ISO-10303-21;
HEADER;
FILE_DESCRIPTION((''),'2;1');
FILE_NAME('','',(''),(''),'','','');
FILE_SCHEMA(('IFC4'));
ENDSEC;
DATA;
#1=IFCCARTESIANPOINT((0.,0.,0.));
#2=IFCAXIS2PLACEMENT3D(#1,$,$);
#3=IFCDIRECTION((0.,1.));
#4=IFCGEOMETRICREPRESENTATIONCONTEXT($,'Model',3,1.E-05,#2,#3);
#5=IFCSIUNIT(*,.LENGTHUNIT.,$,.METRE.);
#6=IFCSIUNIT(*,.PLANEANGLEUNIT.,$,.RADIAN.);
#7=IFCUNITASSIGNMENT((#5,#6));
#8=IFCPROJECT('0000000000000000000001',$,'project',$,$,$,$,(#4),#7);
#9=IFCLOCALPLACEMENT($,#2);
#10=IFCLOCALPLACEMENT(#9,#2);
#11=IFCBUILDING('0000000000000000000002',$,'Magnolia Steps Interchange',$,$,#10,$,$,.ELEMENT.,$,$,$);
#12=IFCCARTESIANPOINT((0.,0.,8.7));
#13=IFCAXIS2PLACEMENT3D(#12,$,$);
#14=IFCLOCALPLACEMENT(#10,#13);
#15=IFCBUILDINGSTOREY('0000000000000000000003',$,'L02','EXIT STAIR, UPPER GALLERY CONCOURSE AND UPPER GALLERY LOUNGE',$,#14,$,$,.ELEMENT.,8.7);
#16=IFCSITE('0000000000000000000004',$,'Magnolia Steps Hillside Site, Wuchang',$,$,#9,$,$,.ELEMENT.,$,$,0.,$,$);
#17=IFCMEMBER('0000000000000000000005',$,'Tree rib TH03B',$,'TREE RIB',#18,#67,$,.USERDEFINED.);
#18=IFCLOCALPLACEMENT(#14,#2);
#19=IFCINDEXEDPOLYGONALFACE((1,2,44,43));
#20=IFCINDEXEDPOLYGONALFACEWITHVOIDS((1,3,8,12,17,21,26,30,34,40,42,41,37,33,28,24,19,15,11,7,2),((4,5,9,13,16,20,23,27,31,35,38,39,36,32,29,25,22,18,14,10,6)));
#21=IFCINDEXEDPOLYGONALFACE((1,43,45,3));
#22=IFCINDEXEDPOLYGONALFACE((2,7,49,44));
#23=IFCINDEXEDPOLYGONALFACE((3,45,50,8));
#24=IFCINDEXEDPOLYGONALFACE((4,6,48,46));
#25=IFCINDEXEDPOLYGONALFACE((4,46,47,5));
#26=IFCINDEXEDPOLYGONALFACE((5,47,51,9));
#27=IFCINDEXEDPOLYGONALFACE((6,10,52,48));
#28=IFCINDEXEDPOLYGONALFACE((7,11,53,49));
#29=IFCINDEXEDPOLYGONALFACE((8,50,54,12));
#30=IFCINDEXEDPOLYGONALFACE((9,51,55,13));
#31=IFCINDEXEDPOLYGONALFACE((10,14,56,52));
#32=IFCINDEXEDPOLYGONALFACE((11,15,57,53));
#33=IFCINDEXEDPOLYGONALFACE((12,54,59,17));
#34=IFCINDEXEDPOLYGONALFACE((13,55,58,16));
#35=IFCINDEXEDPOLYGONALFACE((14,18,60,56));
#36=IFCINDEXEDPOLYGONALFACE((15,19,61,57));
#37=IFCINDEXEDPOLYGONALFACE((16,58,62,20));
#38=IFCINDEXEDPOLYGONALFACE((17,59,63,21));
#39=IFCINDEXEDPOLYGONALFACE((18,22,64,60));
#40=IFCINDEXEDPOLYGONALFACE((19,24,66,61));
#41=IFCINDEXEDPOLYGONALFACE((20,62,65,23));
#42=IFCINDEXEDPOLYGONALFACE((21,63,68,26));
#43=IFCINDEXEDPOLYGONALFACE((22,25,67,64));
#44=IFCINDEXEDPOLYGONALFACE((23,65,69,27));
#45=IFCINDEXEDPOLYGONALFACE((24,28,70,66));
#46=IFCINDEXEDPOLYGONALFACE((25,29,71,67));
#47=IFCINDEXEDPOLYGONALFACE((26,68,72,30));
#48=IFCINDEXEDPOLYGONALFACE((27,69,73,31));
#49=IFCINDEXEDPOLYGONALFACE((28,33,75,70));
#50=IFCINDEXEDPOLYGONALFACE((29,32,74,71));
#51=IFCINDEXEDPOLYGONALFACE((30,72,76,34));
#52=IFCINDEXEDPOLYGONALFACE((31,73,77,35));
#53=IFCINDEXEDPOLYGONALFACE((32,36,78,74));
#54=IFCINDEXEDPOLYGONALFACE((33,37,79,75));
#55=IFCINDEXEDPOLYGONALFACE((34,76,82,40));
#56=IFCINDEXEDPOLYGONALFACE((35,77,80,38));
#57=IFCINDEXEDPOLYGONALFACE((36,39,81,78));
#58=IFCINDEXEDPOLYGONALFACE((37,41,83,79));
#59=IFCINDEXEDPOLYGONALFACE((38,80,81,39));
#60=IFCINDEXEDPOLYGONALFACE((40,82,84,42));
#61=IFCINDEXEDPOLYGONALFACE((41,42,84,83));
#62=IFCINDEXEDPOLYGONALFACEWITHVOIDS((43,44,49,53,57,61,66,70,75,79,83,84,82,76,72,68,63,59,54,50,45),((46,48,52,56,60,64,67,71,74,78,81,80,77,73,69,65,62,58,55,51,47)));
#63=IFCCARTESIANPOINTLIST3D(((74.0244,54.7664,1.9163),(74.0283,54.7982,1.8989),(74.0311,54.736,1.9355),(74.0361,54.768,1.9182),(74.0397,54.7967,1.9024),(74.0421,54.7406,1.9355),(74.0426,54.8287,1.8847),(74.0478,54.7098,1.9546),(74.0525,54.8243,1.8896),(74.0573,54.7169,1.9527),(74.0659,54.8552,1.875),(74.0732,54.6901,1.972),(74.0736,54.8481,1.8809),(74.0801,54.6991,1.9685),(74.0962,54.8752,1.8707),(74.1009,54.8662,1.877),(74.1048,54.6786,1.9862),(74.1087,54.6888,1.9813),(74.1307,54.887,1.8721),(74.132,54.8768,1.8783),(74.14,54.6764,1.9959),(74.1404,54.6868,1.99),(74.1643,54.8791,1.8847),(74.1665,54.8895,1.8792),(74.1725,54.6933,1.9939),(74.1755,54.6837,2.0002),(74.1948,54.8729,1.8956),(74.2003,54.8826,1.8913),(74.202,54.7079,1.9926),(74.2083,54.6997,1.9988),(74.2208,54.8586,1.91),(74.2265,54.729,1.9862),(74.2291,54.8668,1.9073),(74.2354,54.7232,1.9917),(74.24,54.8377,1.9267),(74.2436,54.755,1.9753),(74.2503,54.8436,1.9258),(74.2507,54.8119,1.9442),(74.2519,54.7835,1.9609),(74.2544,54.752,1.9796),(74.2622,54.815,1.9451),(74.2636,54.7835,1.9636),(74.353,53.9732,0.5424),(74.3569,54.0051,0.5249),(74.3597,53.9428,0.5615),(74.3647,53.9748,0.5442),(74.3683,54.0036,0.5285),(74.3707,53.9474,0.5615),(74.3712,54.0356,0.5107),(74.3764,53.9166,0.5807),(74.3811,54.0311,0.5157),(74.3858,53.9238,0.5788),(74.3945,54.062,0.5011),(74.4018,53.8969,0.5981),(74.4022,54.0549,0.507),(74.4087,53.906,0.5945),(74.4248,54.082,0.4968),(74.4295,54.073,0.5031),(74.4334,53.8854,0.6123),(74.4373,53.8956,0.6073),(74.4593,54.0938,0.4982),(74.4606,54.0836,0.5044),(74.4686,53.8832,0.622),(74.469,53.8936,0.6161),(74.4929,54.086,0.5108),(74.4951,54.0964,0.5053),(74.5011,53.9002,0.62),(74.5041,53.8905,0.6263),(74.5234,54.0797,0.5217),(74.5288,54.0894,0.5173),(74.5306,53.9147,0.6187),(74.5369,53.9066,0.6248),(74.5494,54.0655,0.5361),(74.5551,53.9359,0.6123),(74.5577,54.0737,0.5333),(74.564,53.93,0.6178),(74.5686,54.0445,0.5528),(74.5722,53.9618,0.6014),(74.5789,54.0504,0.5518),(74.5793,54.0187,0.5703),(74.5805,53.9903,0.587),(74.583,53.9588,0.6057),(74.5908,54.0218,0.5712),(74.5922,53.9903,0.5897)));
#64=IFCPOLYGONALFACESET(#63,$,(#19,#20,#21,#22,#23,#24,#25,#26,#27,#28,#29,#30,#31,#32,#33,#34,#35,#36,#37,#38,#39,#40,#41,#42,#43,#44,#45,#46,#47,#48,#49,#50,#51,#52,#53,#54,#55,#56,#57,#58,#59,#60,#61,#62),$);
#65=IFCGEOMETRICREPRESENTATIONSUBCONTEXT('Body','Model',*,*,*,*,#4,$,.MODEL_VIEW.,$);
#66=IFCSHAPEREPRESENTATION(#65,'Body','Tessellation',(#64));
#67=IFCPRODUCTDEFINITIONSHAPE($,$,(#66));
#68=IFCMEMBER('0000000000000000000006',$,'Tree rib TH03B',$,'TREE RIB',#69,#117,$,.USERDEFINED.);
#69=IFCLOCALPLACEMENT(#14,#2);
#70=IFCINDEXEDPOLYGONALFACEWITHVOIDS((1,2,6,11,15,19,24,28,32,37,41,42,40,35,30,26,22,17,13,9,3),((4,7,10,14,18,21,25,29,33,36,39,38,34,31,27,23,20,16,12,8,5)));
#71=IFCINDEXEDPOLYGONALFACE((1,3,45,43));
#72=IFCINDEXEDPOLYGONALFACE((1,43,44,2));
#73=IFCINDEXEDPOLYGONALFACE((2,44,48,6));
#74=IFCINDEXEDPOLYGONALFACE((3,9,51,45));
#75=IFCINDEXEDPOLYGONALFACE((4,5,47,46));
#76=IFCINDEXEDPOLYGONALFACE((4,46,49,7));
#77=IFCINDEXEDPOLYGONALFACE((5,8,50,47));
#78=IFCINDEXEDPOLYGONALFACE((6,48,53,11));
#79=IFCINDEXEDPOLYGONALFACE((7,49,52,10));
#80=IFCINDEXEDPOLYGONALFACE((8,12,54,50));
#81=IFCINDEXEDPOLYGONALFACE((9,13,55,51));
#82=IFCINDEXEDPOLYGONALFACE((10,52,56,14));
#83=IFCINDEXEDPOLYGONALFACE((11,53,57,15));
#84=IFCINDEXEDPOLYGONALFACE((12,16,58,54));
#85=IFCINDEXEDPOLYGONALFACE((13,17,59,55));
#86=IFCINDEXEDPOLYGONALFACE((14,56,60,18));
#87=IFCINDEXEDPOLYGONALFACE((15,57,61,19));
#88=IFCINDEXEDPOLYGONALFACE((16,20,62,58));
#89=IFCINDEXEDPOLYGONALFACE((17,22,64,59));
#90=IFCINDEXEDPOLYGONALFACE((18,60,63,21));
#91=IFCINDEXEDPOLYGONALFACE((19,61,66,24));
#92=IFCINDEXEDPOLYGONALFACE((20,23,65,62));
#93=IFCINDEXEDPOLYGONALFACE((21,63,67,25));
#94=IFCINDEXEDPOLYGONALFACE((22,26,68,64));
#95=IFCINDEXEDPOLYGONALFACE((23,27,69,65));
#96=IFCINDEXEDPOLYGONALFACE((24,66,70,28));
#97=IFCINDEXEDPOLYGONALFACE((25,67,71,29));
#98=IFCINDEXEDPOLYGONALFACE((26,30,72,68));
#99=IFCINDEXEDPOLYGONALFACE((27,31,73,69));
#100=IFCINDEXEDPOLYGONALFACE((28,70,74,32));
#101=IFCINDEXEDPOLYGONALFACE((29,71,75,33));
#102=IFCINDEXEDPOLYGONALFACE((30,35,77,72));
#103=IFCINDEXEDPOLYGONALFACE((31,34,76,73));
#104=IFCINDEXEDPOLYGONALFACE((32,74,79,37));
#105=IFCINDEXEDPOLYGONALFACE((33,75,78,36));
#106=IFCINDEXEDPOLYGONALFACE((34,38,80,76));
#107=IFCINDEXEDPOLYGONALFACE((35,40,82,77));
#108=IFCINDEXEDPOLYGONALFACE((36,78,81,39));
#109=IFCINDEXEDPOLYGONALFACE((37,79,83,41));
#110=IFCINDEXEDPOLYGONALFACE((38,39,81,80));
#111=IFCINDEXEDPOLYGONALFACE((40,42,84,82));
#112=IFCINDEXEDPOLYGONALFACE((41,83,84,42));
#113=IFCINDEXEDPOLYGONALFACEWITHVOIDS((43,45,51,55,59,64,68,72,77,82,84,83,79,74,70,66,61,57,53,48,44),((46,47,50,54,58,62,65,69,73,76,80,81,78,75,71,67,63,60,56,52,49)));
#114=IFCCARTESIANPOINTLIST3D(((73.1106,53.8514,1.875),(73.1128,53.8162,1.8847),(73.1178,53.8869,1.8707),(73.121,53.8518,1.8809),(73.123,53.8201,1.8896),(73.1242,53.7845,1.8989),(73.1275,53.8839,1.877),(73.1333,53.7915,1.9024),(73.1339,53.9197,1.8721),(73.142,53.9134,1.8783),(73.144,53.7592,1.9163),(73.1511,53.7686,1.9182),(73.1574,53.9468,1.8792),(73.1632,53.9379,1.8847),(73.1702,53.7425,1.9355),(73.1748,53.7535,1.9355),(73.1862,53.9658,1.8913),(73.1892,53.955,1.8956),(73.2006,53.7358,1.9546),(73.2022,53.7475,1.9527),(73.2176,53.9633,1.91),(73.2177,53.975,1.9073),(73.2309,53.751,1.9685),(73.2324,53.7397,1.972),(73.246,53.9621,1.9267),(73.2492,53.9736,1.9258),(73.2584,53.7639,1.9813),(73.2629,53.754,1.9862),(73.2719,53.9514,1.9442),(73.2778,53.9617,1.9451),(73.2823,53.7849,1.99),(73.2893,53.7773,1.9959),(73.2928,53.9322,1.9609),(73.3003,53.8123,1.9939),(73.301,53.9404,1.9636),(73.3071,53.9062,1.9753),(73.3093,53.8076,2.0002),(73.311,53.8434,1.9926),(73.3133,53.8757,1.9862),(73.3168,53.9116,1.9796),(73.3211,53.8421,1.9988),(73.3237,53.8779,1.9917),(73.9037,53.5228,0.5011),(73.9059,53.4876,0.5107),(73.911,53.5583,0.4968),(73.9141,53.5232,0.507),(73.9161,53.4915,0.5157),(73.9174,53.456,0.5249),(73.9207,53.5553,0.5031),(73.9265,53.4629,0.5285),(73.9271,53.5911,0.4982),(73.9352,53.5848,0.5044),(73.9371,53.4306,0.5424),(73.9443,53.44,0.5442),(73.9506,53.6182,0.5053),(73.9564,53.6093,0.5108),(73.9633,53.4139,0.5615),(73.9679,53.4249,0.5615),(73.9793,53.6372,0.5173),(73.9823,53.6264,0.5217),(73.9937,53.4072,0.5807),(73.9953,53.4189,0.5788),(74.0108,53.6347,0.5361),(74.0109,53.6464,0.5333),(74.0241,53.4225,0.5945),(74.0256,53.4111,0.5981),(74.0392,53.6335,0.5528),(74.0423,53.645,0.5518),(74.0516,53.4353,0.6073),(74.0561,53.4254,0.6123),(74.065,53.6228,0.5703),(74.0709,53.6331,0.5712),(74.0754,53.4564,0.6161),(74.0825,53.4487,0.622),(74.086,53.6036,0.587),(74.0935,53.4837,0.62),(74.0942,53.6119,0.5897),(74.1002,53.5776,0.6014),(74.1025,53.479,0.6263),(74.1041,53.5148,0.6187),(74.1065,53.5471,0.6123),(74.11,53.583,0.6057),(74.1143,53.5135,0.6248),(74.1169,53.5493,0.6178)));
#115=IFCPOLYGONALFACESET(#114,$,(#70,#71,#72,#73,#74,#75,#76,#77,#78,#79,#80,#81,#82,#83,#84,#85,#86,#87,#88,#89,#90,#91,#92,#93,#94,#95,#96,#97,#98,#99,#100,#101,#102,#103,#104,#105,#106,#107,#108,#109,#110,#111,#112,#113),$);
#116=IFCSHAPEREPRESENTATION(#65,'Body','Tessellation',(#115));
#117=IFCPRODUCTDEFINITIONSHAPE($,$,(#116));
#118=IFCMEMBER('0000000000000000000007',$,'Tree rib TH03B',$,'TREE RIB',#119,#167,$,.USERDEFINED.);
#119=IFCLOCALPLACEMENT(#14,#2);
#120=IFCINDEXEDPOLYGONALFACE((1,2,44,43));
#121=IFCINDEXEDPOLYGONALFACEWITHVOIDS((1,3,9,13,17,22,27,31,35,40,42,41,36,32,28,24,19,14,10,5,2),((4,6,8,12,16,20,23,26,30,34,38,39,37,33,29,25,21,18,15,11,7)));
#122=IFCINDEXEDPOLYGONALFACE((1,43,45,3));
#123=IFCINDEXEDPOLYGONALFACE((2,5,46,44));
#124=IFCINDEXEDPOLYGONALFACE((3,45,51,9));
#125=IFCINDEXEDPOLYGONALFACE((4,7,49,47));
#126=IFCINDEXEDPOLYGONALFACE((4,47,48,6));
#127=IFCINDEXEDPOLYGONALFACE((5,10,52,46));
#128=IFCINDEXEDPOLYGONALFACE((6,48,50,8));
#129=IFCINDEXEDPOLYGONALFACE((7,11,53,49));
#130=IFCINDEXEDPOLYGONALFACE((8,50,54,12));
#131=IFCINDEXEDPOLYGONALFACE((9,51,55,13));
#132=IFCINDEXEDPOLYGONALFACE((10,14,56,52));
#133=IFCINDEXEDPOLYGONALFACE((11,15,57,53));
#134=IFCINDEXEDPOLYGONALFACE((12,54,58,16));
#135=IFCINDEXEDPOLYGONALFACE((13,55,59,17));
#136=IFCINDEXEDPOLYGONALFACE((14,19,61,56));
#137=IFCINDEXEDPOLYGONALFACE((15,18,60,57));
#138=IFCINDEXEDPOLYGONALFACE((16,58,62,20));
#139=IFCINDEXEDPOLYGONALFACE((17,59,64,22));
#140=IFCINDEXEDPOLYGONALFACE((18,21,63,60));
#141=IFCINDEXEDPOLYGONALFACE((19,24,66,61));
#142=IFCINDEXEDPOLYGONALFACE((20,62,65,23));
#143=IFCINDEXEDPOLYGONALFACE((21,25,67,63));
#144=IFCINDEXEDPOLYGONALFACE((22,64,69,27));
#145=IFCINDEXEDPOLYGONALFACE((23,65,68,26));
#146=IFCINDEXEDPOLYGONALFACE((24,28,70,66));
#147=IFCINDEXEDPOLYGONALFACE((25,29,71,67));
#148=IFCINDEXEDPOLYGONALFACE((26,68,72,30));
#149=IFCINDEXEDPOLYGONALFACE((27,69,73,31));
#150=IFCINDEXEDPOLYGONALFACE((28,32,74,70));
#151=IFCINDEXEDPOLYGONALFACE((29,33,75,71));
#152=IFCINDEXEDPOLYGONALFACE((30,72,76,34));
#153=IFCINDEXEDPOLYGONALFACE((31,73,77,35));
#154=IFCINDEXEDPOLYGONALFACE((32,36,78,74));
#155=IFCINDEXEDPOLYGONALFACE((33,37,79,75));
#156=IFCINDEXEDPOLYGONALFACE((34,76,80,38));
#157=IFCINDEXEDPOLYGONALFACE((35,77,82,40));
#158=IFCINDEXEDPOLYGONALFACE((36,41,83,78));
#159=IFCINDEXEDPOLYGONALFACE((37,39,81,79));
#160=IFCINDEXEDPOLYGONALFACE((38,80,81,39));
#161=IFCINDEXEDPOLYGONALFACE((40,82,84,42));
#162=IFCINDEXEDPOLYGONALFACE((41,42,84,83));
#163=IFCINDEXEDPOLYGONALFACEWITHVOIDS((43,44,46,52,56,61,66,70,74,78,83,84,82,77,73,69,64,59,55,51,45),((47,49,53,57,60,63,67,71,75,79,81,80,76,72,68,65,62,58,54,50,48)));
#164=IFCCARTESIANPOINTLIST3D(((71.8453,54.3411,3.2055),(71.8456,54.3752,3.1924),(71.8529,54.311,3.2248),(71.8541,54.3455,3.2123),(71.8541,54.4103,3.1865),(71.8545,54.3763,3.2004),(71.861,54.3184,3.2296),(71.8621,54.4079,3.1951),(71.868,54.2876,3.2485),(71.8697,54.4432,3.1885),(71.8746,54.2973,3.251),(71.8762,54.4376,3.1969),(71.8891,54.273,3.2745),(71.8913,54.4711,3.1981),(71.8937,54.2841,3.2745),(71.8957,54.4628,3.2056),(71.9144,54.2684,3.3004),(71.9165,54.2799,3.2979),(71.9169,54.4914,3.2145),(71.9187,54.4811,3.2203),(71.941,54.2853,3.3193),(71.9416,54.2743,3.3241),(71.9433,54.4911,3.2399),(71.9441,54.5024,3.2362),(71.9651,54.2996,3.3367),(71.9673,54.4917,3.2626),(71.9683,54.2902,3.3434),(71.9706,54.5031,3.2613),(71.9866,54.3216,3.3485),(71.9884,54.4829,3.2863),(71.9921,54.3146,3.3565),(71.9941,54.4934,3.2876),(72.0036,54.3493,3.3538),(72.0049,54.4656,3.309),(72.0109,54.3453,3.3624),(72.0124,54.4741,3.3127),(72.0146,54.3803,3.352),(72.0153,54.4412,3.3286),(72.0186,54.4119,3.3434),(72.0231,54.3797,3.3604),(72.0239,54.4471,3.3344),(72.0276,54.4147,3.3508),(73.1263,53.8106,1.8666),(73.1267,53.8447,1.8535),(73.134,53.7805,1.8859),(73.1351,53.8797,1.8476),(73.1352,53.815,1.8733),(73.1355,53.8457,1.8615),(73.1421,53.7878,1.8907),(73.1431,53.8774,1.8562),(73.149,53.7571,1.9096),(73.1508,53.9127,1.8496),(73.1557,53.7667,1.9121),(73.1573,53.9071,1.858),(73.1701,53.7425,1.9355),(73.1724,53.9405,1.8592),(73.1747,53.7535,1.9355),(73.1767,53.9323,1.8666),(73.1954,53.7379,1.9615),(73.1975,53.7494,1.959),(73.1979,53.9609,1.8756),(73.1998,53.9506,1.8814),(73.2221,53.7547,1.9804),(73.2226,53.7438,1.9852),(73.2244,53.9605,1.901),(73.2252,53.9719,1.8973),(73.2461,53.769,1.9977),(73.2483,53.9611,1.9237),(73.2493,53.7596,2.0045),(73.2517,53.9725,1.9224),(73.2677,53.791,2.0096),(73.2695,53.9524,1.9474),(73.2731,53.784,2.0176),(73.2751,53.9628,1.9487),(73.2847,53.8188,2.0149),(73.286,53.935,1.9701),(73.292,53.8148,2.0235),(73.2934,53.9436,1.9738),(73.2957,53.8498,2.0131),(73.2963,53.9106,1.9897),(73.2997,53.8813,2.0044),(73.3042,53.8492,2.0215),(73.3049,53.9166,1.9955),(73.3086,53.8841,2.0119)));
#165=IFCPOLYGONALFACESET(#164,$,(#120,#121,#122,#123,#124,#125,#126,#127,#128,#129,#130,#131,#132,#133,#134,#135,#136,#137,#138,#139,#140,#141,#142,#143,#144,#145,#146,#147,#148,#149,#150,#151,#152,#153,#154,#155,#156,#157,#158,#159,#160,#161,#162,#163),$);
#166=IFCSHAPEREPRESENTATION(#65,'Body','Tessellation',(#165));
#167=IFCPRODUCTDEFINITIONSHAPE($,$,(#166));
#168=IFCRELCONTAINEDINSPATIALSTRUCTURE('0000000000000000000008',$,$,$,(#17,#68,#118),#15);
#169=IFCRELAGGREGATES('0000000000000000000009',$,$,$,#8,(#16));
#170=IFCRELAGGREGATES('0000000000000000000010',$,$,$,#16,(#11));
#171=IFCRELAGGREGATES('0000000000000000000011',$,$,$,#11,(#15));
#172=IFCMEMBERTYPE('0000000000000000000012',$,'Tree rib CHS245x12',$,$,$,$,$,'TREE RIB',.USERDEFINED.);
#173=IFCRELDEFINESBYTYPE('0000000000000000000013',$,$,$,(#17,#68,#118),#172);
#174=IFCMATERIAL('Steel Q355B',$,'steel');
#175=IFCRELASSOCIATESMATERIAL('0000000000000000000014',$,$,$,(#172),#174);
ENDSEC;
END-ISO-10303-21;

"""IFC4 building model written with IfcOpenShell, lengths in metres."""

from ifc_helpers import new_model, si_unit, direction, frame, origin, origin_2d, place, context, subcontext, project, spatial, hollow_circle, extrude, material, material_profile, profile_set, type_object, element, save


model = new_model("IFC4")

# Units and contexts
model_context = context("Model", 3, precision=1e-05, world=origin(), true_north=direction((0.0, 1.0)))
body_context = subcontext(model_context, "Body", "Model", "MODEL_VIEW")
ifc_project = project(units=[si_unit("LENGTHUNIT", "METRE"), si_unit("PLANEANGLEUNIT", "RADIAN")], contexts=[model_context])

# Site, building, storey
site_placement = place(None, origin())
site = spatial("IfcSite", under=ifc_project, at=site_placement, Name="Magnolia Steps Hillside Site, Wuchang", CompositionType="ELEMENT", RefElevation=0.0)
building_placement = place(site_placement, origin())
building = spatial("IfcBuilding", under=site, at=building_placement, Name="Magnolia Steps Interchange", CompositionType="ELEMENT")
storey_placement = place(building_placement, frame((0.0, 0.0, 8.7)))
storey = spatial("IfcBuildingStorey", under=building, at=storey_placement, Name="L02", Description="EXIT STAIR, UPPER GALLERY CONCOURSE AND UPPER GALLERY LOUNGE", CompositionType="ELEMENT", Elevation=8.7)

# Members
ifc_material_1 = material(Name="Steel Q355B", Category="steel")
ifc_material_profile_1 = material_profile(ifc_material_1, hollow_circle(Radius=0.1226, WallThickness=0.012, at=origin_2d()), Name="CHS245x12")
ifc_profile_set_1 = profile_set([ifc_material_profile_1], Name="Steel Q355B")
member_type = type_object("IfcMemberType", Name="Tree rib CHS245x12", ElementType="TREE RIB", PredefinedType="USERDEFINED", material=ifc_profile_set_1)
for number, where, z_axis, x_axis, name in (
    (1, (74.4729, 53.9897, 0.5615), (-0.20282, 0.489571, 0.848047), (-0.923857, -0.382737, 0.0), "Tree rib TH03B"),
    (2, (74.0103, 53.5271, 0.5615), (-0.489571, 0.20282, 0.848047), (-0.382737, -0.923857, 0.0), "Tree rib TH03B"),
):
    element("IfcMember", number, at=place(storey_placement, frame(where, z_axis=z_axis, x_axis=x_axis)), inside=storey, type_object=member_type, Name=name, ObjectType="TREE RIB", PredefinedType="USERDEFINED", context=body_context, shape_type="SweptSolid", body=[
        extrude(hollow_circle(Radius=0.1226, WallThickness=0.012, at=origin_2d()), origin(), (0.0, 0.0, 1.0), 1.6201),
    ])
member_1_placement = place(storey_placement, frame((73.217, 53.8557, 1.9355), z_axis=(-0.664618, 0.275246, 0.694638), x_axis=(-0.382627, -0.923903, 0.0)))
element("IfcMember", 3, at=member_1_placement, inside=storey, type_object=member_type, Name="Tree rib TH03B", ObjectType="TREE RIB", PredefinedType="USERDEFINED", context=body_context, shape_type="SweptSolid", body=[
    extrude(hollow_circle(Radius=0.1226, WallThickness=0.012, at=origin_2d()), origin(), (0.0, 0.0, 1.0), 1.9275),
])

save(model, "model.ifc")
